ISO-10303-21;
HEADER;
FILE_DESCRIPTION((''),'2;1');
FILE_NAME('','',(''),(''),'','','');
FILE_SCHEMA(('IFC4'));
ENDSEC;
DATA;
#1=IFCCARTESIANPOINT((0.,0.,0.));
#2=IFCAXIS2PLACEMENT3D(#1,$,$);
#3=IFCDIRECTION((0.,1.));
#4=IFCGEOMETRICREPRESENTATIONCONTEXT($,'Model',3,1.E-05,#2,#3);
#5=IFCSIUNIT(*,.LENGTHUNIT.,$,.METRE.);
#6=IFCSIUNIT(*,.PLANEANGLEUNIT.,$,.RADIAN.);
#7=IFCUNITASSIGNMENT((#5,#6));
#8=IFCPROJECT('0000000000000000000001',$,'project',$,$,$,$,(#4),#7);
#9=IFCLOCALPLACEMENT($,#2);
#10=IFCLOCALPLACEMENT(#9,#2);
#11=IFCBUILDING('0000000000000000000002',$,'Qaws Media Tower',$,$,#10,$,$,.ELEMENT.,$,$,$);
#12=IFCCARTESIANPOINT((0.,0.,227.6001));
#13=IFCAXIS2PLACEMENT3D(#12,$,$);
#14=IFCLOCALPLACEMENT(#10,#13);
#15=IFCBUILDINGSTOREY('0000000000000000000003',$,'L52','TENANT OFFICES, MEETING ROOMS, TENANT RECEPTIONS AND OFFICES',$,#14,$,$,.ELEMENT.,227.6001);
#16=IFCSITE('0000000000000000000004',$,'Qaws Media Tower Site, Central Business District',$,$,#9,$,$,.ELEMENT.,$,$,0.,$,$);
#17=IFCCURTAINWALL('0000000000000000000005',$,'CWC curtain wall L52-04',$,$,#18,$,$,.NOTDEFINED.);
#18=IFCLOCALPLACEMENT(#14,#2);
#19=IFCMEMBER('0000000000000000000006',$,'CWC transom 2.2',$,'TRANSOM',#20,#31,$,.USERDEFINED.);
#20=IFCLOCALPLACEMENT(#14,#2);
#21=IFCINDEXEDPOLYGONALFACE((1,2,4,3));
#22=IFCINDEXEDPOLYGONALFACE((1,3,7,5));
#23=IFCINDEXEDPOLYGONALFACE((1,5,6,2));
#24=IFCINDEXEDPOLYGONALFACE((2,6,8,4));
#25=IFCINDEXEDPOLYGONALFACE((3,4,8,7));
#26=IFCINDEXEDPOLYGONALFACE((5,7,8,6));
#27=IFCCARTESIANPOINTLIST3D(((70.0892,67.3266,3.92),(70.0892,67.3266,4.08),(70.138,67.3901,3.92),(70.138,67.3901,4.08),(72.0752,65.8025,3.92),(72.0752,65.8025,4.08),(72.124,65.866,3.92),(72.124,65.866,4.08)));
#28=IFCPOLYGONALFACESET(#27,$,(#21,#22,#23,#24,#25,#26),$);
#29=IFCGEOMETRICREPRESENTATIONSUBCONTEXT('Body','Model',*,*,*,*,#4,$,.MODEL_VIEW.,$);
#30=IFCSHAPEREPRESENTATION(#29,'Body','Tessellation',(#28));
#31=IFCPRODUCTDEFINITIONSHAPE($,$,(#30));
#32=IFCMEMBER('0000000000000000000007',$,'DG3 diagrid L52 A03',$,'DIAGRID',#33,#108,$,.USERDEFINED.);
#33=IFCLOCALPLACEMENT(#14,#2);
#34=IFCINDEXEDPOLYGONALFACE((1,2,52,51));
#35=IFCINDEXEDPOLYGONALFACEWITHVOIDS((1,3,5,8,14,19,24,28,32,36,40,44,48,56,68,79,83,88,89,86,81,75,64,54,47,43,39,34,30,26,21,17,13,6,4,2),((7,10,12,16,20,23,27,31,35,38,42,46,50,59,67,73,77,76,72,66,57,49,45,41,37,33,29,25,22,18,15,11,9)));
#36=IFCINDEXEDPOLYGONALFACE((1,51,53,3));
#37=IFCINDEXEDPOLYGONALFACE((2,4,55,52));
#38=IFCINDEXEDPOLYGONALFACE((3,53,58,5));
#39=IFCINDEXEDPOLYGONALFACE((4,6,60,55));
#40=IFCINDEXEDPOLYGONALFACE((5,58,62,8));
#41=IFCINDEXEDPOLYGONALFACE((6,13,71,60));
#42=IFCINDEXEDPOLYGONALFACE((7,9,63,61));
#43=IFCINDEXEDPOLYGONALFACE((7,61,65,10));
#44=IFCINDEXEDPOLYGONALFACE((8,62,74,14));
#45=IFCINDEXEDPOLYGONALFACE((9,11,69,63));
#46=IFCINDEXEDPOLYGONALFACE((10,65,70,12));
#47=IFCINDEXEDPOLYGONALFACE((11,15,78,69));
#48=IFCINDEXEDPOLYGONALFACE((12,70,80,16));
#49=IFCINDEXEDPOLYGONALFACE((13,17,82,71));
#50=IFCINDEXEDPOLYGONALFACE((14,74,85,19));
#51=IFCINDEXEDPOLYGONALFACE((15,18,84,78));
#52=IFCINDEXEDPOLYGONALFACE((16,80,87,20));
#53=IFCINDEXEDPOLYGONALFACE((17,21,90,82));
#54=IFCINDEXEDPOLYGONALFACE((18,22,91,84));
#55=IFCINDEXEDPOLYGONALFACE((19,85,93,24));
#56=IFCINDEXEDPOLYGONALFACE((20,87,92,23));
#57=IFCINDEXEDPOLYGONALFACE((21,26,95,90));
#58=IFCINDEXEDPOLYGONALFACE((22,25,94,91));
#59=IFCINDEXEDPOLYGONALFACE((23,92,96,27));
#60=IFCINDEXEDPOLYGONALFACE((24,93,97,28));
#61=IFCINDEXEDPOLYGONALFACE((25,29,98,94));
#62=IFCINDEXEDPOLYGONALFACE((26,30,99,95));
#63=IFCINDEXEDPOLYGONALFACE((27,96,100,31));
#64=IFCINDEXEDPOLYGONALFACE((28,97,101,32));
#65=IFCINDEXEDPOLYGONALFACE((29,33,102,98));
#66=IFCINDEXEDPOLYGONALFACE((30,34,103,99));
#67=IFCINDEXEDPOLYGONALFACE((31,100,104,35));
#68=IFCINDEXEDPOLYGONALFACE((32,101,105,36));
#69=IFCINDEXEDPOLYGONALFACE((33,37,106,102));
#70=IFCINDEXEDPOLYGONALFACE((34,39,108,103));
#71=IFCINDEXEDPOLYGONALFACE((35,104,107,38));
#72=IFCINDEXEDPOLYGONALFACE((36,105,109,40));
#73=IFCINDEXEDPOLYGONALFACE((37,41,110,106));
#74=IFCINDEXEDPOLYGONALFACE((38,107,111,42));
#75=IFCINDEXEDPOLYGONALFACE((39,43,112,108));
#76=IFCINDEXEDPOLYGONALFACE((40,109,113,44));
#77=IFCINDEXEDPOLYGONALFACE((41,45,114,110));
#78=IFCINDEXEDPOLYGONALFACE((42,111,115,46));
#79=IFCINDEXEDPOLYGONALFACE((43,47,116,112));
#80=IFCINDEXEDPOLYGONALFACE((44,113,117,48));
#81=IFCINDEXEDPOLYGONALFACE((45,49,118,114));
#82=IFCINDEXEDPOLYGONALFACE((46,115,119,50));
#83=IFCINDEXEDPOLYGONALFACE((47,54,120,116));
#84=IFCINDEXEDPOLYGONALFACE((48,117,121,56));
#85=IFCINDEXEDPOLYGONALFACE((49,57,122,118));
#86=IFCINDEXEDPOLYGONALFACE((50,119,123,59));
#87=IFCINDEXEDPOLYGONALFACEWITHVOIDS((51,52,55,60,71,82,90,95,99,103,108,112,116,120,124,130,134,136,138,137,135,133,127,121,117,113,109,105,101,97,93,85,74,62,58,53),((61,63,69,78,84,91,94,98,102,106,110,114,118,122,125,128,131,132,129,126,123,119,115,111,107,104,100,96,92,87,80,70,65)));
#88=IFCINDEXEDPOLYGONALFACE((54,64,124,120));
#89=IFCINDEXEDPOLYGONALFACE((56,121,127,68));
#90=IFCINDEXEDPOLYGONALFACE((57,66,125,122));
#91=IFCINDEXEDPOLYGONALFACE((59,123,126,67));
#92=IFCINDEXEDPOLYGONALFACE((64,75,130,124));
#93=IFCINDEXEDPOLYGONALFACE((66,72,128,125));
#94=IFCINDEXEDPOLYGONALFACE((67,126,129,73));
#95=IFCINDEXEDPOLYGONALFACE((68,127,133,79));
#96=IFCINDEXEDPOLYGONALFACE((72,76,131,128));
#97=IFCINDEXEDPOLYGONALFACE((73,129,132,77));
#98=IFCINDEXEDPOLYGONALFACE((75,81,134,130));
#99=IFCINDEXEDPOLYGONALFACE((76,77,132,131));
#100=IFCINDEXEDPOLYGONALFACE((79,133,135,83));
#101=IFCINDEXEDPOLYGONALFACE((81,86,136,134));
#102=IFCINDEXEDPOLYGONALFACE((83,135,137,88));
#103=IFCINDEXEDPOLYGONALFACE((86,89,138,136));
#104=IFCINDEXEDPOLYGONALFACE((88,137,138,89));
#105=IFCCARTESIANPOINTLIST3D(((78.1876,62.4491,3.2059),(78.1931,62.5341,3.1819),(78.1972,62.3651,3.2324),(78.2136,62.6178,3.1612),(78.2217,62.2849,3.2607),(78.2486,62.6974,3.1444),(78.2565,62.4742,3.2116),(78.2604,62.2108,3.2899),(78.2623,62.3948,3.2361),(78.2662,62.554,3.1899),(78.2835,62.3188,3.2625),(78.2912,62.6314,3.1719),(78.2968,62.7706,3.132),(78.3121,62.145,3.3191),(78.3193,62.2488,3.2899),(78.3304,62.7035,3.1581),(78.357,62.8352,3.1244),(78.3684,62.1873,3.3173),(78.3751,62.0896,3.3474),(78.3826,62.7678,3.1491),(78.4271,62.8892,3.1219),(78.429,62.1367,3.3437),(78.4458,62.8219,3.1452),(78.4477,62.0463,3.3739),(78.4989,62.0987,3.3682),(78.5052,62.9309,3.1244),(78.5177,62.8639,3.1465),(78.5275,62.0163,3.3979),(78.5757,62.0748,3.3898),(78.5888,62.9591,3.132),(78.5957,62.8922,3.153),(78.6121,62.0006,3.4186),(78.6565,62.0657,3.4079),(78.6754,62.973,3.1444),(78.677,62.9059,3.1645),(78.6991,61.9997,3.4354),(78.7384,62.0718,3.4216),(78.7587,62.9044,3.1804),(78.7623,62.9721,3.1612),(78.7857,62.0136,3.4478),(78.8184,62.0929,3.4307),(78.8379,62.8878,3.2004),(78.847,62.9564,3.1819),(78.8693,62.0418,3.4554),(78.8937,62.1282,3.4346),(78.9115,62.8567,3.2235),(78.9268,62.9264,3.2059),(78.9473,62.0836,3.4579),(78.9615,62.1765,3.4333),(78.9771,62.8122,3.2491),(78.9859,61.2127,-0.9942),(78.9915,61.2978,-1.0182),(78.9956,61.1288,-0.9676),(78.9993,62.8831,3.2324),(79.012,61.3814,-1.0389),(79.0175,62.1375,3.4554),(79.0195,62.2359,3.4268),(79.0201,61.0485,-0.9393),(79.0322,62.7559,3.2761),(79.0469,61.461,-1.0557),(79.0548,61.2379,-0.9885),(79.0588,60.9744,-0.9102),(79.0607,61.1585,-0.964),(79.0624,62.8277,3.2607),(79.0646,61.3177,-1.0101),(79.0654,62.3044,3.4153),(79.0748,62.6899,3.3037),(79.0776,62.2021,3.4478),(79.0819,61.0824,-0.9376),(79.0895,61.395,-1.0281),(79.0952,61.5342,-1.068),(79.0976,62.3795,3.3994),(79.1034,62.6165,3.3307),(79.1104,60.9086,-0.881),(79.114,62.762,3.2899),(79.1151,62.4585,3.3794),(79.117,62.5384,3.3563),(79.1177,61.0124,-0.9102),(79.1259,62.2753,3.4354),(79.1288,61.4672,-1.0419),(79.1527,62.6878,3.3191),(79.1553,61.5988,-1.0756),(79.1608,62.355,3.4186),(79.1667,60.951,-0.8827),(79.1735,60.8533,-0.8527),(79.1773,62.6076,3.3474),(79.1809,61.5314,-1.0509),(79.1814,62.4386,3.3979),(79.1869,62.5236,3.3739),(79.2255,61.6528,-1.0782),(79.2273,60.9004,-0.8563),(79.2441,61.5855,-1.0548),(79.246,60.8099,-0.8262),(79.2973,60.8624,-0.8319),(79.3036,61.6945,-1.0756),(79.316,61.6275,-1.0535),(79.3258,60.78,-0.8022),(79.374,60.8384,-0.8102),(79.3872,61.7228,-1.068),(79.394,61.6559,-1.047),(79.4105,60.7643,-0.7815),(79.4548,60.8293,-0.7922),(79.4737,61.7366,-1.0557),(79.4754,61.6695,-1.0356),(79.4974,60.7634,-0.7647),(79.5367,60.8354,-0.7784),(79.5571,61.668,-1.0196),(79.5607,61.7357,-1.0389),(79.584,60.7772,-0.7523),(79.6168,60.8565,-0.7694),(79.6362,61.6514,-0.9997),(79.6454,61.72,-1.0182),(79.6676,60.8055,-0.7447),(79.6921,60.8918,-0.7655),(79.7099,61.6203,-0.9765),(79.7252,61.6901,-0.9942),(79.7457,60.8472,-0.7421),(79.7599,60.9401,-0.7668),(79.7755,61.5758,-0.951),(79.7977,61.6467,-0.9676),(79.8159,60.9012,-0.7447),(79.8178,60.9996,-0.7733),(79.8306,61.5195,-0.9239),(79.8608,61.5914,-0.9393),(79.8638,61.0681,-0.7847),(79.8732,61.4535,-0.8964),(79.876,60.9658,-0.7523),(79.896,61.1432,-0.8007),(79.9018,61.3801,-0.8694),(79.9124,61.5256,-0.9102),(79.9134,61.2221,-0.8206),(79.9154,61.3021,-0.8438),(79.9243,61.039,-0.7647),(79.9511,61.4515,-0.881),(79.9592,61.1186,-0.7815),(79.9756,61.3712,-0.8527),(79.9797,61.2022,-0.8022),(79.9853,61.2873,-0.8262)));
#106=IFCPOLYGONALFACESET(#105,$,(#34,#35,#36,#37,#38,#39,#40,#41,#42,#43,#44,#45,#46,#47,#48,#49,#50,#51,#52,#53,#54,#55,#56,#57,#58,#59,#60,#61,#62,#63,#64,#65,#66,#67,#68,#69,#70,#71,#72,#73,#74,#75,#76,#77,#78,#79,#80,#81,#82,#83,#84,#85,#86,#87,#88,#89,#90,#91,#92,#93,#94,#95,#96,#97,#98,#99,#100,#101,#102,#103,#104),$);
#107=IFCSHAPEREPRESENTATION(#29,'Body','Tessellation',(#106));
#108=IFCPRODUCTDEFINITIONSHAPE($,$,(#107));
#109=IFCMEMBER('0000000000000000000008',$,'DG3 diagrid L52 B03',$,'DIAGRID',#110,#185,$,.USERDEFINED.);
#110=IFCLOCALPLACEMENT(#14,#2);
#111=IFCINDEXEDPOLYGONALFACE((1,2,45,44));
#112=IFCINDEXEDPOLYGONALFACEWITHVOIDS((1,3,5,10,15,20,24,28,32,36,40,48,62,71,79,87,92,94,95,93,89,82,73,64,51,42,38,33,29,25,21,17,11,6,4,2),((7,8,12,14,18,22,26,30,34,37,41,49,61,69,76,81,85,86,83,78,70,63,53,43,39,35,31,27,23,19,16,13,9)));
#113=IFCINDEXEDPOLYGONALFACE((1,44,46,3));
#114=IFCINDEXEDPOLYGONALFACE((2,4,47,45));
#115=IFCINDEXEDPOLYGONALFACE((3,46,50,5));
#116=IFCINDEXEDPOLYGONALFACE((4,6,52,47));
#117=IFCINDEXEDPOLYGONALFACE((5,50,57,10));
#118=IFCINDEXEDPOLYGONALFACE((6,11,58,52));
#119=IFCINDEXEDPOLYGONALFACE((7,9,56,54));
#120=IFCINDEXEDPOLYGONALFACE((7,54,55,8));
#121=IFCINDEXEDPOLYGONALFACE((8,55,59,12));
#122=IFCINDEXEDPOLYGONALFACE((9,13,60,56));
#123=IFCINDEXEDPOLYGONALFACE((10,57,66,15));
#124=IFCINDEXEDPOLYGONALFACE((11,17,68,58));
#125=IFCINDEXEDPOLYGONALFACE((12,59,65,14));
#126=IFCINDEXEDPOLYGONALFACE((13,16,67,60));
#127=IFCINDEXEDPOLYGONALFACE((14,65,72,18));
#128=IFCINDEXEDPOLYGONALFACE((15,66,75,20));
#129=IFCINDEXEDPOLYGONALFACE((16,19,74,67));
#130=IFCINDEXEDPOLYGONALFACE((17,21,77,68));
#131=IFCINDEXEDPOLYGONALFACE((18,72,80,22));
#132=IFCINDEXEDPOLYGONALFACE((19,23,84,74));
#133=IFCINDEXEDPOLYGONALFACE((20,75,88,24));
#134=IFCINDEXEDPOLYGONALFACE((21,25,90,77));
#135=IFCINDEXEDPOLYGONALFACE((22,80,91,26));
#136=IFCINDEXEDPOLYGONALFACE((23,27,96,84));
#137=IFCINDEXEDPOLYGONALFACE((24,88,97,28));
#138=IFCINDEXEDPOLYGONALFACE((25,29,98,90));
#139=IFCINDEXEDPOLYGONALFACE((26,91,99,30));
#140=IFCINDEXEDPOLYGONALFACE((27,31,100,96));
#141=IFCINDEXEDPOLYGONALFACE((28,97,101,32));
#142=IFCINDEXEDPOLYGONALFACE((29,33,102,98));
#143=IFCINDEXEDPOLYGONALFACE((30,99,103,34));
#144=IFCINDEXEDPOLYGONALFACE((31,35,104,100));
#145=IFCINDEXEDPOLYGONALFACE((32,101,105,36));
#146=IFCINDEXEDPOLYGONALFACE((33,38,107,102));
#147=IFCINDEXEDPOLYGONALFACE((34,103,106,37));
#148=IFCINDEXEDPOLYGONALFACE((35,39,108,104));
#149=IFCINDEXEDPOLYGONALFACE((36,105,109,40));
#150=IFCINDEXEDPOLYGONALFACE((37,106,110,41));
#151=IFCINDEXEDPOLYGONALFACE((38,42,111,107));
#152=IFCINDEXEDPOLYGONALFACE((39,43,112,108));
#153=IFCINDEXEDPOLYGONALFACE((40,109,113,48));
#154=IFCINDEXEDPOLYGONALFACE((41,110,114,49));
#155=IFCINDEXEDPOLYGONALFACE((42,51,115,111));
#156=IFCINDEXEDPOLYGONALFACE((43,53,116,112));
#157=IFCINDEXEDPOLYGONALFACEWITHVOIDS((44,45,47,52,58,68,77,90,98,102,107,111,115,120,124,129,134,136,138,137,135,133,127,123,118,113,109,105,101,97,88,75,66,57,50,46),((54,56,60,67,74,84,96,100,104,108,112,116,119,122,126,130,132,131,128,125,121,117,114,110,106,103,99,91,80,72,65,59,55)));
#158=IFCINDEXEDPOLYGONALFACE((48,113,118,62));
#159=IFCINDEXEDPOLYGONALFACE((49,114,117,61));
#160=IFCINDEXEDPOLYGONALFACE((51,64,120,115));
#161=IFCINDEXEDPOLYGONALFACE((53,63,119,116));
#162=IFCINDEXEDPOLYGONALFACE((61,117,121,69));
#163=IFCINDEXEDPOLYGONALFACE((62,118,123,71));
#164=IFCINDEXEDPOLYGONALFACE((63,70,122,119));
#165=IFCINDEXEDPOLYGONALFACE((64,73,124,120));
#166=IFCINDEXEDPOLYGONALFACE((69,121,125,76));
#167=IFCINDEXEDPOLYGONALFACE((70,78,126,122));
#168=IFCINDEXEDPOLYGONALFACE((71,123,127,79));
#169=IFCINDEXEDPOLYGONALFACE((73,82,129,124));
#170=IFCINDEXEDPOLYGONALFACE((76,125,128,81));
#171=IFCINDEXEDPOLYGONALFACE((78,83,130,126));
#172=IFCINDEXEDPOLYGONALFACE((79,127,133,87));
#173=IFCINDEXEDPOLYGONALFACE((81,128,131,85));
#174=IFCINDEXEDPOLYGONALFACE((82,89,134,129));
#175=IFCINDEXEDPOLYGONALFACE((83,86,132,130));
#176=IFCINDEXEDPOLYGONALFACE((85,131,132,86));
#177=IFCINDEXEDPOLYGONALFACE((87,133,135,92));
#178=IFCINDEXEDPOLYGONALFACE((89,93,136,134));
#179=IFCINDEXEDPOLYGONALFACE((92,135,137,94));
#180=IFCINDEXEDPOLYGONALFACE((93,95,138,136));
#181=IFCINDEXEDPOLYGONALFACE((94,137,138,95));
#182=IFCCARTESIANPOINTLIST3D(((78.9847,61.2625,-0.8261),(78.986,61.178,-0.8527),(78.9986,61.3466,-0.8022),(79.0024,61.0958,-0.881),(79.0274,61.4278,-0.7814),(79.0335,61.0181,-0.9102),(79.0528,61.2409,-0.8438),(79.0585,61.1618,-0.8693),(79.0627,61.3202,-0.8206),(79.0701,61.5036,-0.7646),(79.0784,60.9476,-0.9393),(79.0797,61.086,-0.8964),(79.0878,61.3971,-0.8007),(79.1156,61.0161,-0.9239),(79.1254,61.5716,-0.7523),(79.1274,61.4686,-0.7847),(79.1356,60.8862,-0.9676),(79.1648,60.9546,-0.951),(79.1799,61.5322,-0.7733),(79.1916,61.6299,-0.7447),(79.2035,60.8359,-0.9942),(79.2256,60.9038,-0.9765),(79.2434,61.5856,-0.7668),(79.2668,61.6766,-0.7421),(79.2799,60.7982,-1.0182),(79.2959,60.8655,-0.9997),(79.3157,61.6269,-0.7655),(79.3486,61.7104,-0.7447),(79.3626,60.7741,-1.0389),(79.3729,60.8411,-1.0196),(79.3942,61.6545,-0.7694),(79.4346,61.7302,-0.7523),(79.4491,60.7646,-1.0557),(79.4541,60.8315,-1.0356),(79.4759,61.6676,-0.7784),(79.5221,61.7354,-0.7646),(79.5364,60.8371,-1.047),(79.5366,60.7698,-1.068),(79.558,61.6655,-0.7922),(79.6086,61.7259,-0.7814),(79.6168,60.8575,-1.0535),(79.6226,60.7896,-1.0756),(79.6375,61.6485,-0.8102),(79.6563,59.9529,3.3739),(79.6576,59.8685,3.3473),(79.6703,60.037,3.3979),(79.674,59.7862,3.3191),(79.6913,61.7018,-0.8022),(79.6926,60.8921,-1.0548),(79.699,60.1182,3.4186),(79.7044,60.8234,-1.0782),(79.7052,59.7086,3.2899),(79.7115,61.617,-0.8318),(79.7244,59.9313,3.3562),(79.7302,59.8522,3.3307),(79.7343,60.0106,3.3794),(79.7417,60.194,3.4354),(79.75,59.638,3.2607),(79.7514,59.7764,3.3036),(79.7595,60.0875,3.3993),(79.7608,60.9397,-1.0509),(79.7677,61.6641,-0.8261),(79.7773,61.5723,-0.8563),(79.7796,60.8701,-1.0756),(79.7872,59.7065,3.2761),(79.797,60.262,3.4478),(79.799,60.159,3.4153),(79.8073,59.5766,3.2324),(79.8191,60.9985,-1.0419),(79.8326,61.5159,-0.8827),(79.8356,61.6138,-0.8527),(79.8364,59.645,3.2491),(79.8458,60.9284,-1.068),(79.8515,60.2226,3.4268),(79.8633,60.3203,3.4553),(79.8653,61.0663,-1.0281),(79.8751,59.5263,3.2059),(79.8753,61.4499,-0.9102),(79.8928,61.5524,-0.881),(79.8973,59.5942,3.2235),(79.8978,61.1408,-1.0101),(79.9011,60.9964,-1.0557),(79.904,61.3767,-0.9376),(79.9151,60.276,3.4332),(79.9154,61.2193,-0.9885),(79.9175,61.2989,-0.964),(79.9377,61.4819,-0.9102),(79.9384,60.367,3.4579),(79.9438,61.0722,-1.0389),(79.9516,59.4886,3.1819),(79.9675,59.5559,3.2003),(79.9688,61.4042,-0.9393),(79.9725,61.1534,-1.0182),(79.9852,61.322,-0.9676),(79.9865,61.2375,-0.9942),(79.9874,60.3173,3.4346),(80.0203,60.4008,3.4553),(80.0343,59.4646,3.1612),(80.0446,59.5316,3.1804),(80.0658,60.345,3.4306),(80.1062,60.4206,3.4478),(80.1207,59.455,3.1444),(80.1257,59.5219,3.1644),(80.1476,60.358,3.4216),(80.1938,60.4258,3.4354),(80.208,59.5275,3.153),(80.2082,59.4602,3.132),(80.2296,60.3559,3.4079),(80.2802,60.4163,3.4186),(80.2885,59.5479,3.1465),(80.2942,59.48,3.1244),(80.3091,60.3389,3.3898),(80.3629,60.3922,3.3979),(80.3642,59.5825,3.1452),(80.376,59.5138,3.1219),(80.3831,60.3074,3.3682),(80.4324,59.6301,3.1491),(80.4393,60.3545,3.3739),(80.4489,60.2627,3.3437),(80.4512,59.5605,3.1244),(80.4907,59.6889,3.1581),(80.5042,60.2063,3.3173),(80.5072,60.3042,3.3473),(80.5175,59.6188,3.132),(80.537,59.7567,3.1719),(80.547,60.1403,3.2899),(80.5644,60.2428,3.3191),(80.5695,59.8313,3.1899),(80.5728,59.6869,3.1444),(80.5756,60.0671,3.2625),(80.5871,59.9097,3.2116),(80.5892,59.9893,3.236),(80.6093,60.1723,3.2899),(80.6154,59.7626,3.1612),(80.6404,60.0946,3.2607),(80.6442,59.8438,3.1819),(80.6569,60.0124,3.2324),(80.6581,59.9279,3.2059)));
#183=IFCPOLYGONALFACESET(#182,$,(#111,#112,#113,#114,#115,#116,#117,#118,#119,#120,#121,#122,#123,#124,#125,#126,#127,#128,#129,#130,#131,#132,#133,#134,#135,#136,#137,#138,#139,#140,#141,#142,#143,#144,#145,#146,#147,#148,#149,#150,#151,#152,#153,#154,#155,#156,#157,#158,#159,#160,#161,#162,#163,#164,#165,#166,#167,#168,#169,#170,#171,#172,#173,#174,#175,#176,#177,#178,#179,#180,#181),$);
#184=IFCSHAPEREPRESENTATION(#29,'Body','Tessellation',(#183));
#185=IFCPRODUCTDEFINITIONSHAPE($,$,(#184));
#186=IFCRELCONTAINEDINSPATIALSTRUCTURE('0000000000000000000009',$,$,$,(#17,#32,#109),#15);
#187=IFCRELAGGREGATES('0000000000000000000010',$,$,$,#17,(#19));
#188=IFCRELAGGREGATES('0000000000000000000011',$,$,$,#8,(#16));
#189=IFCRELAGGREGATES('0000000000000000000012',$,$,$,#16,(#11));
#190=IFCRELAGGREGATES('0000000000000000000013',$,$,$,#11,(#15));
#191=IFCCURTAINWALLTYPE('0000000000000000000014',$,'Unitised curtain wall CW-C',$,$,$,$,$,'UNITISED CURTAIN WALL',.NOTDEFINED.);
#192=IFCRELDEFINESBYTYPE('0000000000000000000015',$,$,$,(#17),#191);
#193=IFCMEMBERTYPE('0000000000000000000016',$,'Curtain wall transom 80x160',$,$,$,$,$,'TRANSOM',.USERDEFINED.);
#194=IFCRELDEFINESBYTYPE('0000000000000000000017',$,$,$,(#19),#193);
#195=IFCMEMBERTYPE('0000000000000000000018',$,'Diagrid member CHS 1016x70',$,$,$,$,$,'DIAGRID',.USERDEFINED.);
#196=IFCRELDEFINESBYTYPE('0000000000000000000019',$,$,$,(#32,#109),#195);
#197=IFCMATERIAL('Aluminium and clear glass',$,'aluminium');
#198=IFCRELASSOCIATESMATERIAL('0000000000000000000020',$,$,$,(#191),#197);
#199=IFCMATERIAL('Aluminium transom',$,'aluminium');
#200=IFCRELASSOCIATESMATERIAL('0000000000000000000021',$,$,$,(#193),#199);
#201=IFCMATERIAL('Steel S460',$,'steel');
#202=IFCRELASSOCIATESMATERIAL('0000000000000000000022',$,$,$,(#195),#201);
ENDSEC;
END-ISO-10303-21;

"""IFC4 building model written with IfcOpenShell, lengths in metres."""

from ifc_helpers import new_model, si_unit, direction, frame, origin, origin_2d, place, context, subcontext, project, spatial, rectangle, hollow_circle, extrude, material, material_profile, profile_set, type_object, element, aggregate, save


model = new_model("IFC4")

# Units and contexts
model_context = context("Model", 3, precision=1e-05, world=origin(), true_north=direction((0.0, 1.0)))
body_context = subcontext(model_context, "Body", "Model", "MODEL_VIEW")
ifc_project = project(units=[si_unit("LENGTHUNIT", "METRE"), si_unit("PLANEANGLEUNIT", "RADIAN")], contexts=[model_context])

# Site, building, storey
site_placement = place(None, origin())
site = spatial("IfcSite", under=ifc_project, at=site_placement, Name="Qaws Media Tower Site, Central Business District", CompositionType="ELEMENT", RefElevation=0.0)
building_placement = place(site_placement, origin())
building = spatial("IfcBuilding", under=site, at=building_placement, Name="Qaws Media Tower", CompositionType="ELEMENT")
storey_placement = place(building_placement, frame((0.0, 0.0, 227.6001)))
storey = spatial("IfcBuildingStorey", under=building, at=storey_placement, Name="L52", Description="TENANT OFFICES, MEETING ROOMS, TENANT RECEPTIONS AND OFFICES", CompositionType="ELEMENT", Elevation=227.6001)

# Shared definitions
ifc_material_1 = material(Name="Aluminium and clear glass", Category="aluminium")
curtain_wall_type = type_object("IfcCurtainWallType", Name="Unitised curtain wall CW-C", ElementType="UNITISED CURTAIN WALL", PredefinedType="NOTDEFINED", material=ifc_material_1)

# Curtain wall
curtain_wall_1_placement = place(storey_placement, origin())
curtain_wall_1 = element("IfcCurtainWall", 1, at=curtain_wall_1_placement, inside=storey, type_object=curtain_wall_type, Name="CWC curtain wall L52-04", PredefinedType="NOTDEFINED")

# Member
ifc_material_2 = material(Name="Aluminium transom", Category="aluminium")
ifc_material_profile_1 = material_profile(ifc_material_2, rectangle(XDim=0.0801, YDim=0.1599, at=origin_2d()), Name="80x160")
ifc_profile_set_1 = profile_set([ifc_material_profile_1], Name="Aluminium transom")
member_type_1 = type_object("IfcMemberType", Name="Curtain wall transom 80x160", ElementType="TRANSOM", PredefinedType="USERDEFINED", material=ifc_profile_set_1)
member_1_placement = place(storey_placement, frame((72.0996, 65.8342, 4.0), z_axis=(-0.793316, 0.60881, 0.0), x_axis=(-0.60881, -0.793316, 0.0)))
member_1 = element("IfcMember", 2, at=member_1_placement, type_object=member_type_1, Name="CWC transom 2.2", ObjectType="TRANSOM", PredefinedType="USERDEFINED", context=body_context, shape_type="SweptSolid", body=[
    extrude(rectangle(XDim=0.0801, YDim=0.1599, at=origin_2d()), origin(), (0.0, 0.0, 1.0), 2.5034),
])

# Members
ifc_material_3 = material(Name="Steel S460", Category="steel")
ifc_material_profile_2 = material_profile(ifc_material_3, hollow_circle(Radius=0.5081, WallThickness=0.0701, at=origin_2d()), Name="CHS 1016x70")
ifc_profile_set_2 = profile_set([ifc_material_profile_2], Name="Steel S460")
member_type_2 = type_object("IfcMemberType", Name="Diagrid member CHS 1016x70", ElementType="DIAGRID", PredefinedType="USERDEFINED", material=ifc_profile_set_2)
for number, where, z_axis, x_axis, name in (
    (3, (79.4856, 61.25, -0.9102), (-0.179389, 0.277806, 0.943739), (-0.840077, -0.542467, 0.0), "DG3 diagrid L52 A03"),
    (4, (79.4856, 61.25, -0.9102), (0.150916, -0.294262, 0.943734), (0.889802, 0.456347, 0.0), "DG3 diagrid L52 B03"),
):
    element("IfcMember", number, at=place(storey_placement, frame(where, z_axis=z_axis, x_axis=x_axis)), inside=storey, type_object=member_type_2, Name=name, ObjectType="DIAGRID", PredefinedType="USERDEFINED", context=body_context, shape_type="SweptSolid", body=[
        extrude(hollow_circle(Radius=0.5081, WallThickness=0.0701, at=origin_2d()), origin(), (0.0, 0.0, 1.0), 4.4504),
    ])

aggregate(curtain_wall_1, [member_1])

save(model, "model.ifc")
